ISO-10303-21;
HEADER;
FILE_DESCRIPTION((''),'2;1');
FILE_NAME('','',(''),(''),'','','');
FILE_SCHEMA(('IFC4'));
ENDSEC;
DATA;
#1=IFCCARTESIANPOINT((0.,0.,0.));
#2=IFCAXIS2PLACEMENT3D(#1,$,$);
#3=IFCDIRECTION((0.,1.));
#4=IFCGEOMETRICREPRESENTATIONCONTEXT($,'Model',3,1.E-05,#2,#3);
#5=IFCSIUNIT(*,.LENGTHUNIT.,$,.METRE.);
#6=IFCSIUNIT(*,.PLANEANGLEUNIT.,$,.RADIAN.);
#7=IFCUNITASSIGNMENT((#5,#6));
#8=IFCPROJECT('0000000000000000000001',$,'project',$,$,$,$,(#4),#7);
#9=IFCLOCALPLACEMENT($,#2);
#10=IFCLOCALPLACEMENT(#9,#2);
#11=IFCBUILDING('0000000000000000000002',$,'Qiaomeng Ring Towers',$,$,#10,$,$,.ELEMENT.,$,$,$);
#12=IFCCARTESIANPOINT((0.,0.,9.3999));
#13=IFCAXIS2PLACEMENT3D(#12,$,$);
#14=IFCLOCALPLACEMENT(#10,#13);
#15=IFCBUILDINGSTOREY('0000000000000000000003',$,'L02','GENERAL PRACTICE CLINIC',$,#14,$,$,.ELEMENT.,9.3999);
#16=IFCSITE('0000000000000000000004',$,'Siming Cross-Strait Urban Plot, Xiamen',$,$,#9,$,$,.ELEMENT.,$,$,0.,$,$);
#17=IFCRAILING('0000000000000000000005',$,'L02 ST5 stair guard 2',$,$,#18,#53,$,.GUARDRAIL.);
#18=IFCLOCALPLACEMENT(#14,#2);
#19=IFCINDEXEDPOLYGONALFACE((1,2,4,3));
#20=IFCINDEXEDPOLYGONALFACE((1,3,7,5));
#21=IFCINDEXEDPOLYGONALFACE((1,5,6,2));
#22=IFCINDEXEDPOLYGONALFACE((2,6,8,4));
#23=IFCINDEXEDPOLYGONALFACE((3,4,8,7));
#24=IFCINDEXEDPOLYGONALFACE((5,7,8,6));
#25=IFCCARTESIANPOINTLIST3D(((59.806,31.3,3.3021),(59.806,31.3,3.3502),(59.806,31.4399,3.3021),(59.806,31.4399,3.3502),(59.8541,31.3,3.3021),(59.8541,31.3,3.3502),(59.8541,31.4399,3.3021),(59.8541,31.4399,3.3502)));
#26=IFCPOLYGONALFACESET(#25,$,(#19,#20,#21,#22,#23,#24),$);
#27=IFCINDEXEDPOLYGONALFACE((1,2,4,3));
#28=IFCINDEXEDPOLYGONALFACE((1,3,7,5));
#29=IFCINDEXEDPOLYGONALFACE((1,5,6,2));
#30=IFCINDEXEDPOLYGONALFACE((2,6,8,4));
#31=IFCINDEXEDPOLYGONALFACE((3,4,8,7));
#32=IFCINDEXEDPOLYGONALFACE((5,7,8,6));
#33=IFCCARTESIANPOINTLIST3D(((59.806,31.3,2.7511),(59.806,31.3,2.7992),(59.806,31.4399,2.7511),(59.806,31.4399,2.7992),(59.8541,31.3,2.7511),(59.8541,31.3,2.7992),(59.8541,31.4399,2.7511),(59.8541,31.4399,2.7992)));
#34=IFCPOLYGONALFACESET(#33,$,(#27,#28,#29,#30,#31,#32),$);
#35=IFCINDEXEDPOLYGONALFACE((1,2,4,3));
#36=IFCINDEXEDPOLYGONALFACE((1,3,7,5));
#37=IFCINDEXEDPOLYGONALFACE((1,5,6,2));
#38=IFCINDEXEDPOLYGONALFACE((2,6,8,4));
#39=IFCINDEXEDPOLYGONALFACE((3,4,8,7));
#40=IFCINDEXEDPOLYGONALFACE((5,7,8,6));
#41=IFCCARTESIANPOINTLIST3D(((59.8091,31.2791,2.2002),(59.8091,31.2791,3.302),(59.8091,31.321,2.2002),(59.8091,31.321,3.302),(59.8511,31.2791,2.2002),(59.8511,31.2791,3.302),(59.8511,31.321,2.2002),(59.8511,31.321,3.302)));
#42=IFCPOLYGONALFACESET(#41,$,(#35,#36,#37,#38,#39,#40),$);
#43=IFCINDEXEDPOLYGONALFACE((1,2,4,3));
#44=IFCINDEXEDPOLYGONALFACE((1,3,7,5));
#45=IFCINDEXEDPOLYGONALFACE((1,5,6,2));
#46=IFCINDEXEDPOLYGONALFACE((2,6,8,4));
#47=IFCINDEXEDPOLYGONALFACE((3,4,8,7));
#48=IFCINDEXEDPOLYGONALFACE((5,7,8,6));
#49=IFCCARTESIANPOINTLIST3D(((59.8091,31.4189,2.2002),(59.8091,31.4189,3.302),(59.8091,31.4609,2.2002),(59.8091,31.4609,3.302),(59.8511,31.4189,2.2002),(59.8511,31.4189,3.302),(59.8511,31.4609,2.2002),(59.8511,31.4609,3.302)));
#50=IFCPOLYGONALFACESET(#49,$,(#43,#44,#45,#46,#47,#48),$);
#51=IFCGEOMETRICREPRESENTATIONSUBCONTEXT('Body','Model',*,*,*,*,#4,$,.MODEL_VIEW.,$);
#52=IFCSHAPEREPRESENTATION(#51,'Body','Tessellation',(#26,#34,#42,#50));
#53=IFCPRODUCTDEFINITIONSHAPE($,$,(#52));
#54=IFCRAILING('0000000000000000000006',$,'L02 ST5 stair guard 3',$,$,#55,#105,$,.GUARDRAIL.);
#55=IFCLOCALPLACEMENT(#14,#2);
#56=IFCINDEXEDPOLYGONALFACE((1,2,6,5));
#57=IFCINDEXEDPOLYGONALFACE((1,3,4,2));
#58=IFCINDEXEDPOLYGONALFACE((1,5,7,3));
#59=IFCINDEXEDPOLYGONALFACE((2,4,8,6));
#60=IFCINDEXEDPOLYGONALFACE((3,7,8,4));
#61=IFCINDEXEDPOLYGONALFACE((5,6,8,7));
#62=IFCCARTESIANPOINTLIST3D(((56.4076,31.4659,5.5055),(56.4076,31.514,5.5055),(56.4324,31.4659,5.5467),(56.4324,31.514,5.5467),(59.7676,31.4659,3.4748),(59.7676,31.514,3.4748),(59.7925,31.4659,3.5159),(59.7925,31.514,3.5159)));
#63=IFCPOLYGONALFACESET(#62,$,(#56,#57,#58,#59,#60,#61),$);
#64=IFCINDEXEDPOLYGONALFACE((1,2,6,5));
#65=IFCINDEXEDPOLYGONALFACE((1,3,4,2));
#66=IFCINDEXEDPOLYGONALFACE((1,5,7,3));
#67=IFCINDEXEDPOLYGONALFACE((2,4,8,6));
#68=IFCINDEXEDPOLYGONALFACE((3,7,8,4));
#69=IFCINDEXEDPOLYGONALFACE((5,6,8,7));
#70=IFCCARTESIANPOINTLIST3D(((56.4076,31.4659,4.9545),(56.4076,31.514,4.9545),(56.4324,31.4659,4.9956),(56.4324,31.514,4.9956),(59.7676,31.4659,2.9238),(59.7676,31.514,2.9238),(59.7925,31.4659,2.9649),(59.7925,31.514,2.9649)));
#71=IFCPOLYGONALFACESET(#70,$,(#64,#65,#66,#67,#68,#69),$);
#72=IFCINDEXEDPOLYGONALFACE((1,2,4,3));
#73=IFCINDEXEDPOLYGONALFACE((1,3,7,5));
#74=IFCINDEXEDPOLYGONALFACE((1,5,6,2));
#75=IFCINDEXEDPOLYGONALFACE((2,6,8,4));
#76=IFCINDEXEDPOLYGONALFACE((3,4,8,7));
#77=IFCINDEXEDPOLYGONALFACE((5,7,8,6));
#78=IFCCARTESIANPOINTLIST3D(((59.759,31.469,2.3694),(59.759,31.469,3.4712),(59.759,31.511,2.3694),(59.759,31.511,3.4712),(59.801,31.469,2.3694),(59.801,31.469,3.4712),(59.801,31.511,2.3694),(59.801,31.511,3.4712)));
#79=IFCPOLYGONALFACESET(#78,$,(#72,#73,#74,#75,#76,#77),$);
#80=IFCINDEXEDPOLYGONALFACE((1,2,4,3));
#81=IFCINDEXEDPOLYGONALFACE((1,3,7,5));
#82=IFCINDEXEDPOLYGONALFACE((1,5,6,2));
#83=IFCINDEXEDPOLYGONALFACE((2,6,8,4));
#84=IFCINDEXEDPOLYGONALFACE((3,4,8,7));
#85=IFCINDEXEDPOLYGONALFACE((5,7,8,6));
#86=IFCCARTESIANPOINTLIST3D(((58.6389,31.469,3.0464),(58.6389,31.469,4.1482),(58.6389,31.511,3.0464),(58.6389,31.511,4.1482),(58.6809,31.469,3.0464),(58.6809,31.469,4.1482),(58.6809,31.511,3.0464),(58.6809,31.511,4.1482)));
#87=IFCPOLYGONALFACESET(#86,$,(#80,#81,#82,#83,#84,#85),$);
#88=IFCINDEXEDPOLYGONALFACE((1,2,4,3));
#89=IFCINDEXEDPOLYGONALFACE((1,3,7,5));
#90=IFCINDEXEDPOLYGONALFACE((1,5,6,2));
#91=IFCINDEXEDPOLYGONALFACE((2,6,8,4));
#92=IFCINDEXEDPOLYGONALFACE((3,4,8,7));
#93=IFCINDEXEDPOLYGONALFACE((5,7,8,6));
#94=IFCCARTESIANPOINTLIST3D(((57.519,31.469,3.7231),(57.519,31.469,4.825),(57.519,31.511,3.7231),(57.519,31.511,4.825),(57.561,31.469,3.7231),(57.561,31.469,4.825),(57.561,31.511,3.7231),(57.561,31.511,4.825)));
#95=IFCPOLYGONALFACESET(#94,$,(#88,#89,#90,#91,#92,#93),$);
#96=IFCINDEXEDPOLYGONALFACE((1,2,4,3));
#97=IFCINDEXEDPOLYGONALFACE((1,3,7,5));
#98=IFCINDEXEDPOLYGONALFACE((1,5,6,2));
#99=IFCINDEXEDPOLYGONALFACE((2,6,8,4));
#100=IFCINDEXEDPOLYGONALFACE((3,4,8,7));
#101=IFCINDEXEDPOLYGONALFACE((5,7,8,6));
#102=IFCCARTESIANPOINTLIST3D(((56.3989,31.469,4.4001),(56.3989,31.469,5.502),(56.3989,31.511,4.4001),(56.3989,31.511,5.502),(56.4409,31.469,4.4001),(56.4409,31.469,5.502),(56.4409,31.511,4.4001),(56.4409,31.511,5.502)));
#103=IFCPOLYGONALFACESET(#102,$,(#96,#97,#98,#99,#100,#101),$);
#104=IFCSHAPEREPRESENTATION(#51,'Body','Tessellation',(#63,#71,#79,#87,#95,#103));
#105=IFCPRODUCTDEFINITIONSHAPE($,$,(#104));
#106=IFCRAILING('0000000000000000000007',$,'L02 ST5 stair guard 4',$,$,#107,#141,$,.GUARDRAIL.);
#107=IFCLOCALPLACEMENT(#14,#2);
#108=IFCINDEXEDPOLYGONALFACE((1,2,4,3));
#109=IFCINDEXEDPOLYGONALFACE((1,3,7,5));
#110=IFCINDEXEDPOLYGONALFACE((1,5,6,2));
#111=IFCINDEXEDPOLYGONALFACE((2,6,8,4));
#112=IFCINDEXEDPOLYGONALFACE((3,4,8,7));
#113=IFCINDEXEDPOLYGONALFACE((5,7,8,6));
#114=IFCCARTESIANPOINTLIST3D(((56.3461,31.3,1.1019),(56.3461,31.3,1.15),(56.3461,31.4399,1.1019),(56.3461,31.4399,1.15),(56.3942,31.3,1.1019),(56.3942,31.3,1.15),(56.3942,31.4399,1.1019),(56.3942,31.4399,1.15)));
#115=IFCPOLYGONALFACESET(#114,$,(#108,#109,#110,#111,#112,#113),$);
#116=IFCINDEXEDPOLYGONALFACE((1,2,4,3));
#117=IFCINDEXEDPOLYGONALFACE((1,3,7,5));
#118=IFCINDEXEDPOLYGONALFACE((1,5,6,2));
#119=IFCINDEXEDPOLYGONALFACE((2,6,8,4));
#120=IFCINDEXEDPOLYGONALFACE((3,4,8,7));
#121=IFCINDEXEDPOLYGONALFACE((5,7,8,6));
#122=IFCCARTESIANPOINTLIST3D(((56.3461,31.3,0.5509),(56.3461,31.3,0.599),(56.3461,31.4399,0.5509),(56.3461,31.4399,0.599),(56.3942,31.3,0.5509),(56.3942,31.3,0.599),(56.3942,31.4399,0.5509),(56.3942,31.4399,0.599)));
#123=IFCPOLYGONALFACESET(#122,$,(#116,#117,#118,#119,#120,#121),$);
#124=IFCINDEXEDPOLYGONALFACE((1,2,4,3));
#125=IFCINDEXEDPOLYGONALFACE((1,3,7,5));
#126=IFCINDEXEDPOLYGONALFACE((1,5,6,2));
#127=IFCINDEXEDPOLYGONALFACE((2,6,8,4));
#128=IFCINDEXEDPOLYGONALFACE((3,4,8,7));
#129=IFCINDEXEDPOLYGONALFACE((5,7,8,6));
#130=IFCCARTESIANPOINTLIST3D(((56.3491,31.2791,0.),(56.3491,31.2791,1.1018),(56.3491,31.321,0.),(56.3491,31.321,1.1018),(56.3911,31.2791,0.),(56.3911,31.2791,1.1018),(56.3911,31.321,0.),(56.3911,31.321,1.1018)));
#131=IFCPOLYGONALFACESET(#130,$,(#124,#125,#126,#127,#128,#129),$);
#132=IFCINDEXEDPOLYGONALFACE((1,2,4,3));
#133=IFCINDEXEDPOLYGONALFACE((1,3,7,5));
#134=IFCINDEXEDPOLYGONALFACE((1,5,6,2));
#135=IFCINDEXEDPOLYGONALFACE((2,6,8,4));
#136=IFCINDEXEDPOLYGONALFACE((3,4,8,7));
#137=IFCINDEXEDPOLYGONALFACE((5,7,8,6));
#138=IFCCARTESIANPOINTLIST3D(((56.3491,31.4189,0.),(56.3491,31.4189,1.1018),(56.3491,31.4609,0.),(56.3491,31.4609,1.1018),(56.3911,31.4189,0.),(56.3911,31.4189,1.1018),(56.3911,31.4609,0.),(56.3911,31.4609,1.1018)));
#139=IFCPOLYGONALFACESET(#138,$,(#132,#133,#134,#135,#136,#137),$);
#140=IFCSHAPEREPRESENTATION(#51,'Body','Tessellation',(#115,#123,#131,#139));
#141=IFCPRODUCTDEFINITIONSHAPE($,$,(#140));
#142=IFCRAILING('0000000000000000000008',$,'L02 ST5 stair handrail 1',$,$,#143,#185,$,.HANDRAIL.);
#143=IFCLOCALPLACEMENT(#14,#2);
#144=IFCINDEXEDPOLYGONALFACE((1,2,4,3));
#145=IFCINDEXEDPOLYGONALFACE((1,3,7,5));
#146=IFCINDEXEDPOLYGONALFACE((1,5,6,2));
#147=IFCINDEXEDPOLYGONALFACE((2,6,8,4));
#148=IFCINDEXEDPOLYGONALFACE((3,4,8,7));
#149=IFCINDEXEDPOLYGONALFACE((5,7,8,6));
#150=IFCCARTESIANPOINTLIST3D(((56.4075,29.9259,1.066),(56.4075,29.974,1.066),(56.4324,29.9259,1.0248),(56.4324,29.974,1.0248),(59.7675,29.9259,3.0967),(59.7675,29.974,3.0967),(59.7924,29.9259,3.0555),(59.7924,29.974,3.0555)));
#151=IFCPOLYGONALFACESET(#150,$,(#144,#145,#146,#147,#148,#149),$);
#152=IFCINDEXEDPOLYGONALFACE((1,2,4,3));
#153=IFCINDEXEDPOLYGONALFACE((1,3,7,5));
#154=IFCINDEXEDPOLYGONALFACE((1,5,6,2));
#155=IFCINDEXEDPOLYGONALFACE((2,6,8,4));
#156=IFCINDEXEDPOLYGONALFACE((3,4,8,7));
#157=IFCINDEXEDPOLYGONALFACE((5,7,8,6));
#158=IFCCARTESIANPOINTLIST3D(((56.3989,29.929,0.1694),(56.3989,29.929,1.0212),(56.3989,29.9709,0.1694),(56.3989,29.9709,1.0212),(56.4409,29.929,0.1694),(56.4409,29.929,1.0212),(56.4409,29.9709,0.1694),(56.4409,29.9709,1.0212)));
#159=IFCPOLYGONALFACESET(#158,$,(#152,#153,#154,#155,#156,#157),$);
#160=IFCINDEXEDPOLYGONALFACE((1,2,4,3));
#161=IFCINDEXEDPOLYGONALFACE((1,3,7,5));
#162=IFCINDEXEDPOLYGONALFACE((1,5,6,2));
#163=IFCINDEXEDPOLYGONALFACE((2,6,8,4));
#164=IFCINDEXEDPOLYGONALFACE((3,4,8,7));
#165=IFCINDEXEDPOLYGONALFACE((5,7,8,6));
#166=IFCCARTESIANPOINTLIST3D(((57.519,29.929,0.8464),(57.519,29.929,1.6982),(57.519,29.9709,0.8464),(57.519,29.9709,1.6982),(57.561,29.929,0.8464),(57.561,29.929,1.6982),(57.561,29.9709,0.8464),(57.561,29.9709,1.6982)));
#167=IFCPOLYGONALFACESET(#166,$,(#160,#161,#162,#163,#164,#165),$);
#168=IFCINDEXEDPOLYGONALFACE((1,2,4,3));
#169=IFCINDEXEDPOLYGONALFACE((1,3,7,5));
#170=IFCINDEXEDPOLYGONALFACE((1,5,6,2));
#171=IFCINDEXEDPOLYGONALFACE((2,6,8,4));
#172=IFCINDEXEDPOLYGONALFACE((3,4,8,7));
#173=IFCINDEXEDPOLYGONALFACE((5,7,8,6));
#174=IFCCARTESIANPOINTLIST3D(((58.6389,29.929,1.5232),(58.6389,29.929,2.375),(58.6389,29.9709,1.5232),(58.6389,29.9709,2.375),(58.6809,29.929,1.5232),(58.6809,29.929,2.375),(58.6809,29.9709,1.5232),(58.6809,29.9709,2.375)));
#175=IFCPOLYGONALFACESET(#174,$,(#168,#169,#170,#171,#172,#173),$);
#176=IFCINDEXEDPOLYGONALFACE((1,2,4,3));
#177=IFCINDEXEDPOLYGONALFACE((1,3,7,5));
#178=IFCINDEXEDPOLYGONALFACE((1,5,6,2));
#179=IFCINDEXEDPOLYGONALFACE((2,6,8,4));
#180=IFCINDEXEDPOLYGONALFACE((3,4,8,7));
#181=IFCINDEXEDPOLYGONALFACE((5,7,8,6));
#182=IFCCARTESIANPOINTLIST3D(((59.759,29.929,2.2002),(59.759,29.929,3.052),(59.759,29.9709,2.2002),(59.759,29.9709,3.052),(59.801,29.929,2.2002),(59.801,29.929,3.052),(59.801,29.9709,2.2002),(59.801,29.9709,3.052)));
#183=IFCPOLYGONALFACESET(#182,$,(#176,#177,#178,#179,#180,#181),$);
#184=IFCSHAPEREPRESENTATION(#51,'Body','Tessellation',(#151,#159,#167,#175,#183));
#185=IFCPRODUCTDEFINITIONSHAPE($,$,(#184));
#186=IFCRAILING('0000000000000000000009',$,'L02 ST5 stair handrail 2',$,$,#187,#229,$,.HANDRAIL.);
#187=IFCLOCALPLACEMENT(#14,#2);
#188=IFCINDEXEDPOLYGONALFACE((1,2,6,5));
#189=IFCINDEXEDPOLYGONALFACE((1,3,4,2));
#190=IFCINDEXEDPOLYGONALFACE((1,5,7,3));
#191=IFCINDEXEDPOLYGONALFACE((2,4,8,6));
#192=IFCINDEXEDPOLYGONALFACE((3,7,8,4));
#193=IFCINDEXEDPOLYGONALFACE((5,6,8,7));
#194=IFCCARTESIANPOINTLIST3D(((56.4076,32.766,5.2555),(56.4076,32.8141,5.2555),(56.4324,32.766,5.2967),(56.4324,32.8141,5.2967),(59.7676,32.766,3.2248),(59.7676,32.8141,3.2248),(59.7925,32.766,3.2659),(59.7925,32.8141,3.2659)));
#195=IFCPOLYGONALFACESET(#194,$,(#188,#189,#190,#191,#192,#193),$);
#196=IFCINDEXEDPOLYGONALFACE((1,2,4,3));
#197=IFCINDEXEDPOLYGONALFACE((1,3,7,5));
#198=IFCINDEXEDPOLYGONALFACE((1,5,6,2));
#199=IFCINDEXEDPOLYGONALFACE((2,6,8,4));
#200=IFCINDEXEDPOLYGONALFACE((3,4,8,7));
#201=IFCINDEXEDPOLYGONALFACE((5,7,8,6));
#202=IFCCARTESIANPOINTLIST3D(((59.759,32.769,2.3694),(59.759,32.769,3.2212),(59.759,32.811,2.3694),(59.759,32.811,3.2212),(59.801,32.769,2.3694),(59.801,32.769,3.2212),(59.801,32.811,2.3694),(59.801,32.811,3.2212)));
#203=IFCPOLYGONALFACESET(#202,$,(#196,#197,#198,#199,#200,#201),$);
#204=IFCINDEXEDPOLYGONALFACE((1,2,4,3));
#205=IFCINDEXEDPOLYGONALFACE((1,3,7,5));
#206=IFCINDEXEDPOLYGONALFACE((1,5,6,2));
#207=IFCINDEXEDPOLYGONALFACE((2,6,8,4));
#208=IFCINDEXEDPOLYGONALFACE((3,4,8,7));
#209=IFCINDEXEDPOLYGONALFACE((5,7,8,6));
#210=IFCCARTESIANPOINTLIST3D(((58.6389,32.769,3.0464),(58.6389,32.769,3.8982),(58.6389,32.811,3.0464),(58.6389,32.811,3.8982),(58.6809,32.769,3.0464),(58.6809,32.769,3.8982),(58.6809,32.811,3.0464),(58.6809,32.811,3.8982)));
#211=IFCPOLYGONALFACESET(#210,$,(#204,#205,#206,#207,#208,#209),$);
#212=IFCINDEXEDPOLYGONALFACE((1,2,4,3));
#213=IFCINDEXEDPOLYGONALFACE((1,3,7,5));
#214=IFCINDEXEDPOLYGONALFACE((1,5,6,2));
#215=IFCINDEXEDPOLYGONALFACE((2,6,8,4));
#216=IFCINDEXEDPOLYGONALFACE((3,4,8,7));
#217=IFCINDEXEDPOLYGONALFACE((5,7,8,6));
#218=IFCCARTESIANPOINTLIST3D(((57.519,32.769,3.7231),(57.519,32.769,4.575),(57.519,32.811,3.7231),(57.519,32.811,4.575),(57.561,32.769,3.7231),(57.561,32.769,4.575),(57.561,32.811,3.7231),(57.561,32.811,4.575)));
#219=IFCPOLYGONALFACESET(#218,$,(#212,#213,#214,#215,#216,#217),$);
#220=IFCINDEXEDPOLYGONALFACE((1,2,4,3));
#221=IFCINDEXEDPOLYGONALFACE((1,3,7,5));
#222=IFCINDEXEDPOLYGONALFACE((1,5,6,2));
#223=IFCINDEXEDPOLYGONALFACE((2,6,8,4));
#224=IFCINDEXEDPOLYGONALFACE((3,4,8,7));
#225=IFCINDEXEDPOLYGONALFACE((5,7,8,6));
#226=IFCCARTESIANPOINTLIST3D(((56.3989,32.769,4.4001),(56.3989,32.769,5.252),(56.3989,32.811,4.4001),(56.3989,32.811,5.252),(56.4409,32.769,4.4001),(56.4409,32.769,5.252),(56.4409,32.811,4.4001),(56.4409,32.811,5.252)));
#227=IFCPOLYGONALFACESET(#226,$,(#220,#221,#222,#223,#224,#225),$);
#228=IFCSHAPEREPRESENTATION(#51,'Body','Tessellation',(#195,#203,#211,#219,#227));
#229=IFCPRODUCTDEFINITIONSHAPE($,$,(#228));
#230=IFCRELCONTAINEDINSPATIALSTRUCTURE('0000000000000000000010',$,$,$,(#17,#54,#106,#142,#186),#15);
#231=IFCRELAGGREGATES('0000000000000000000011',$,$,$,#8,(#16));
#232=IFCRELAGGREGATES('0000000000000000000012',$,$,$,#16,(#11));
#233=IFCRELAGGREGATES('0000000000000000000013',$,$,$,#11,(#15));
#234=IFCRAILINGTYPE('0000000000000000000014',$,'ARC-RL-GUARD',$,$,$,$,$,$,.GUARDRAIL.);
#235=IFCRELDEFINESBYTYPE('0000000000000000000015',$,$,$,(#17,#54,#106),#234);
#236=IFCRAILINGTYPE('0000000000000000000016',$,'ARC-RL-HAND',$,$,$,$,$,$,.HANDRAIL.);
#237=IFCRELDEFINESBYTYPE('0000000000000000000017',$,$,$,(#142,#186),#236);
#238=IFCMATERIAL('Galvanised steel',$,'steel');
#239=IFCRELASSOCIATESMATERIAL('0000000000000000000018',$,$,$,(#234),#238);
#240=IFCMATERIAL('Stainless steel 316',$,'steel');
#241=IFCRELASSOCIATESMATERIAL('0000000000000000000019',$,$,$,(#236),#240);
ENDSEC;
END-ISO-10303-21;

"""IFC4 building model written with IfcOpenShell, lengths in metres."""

from ifc_helpers import new_model, si_unit, direction, frame, origin, origin_2d, place, context, subcontext, project, spatial, rectangle, extrude, material, type_object, element, save


model = new_model("IFC4")

# Units and contexts
model_context = context("Model", 3, precision=1e-05, world=origin(), true_north=direction((0.0, 1.0)))
body_context = subcontext(model_context, "Body", "Model", "MODEL_VIEW")
ifc_project = project(units=[si_unit("LENGTHUNIT", "METRE"), si_unit("PLANEANGLEUNIT", "RADIAN")], contexts=[model_context])

# Site, building, storey
site_placement = place(None, origin())
site = spatial("IfcSite", under=ifc_project, at=site_placement, Name="Siming Cross-Strait Urban Plot, Xiamen", CompositionType="ELEMENT", RefElevation=0.0)
building_placement = place(site_placement, origin())
building = spatial("IfcBuilding", under=site, at=building_placement, Name="Qiaomeng Ring Towers", CompositionType="ELEMENT")
storey_placement = place(building_placement, frame((0.0, 0.0, 9.3999)))
storey = spatial("IfcBuildingStorey", under=building, at=storey_placement, Name="L02", Description="GENERAL PRACTICE CLINIC", CompositionType="ELEMENT", Elevation=9.3999)

# Shared definitions
ifc_material_1 = material(Name="Galvanised steel", Category="steel")
ifc_material_2 = material(Name="Stainless steel 316", Category="steel")

# Railings
railing_type_1 = type_object("IfcRailingType", Name="ARC-RL-GUARD", PredefinedType="GUARDRAIL", material=ifc_material_1)
railing_1_placement = place(storey_placement, frame((59.8301, 31.3, 2.2002)))
element("IfcRailing", 1, at=railing_1_placement, inside=storey, type_object=railing_type_1, Name="L02 ST5 stair guard 2", PredefinedType="GUARDRAIL", context=body_context, shape_type="SweptSolid", body=[
    extrude(rectangle(XDim=0.0481, YDim=0.0481, at=origin_2d()), frame((0.0, 0.0, 1.126), z_axis=(0.0, 1.0, 0.0), x_axis=(-1.0, 0.0, 0.0)), (0.0, 0.0, 1.0), 0.1399),
    extrude(rectangle(XDim=0.0481, YDim=0.0481, at=origin_2d()), frame((0.0, 0.0, 0.575), z_axis=(0.0, 1.0, 0.0), x_axis=(-1.0, 0.0, 0.0)), (0.0, 0.0, 1.0), 0.1399),
    extrude(rectangle(XDim=0.042, YDim=0.042, at=origin_2d()), origin(), (0.0, 0.0, 1.0), 1.1018),
    extrude(rectangle(XDim=0.042, YDim=0.042, at=origin_2d()), frame((0.0, 0.1399, 0.0)), (0.0, 0.0, 1.0), 1.1018),
])
railing_2_placement = place(storey_placement, frame((59.78, 31.49, 2.3694)))
element("IfcRailing", 2, at=railing_2_placement, inside=storey, type_object=railing_type_1, Name="L02 ST5 stair guard 3", PredefinedType="GUARDRAIL", context=body_context, shape_type="SweptSolid", body=[
    extrude(rectangle(XDim=0.0481, YDim=0.0481, at=origin_2d()), frame((0.0, 0.0, 1.126), z_axis=(-0.855837, 0.0, 0.517246), x_axis=(0.0, -1.0, 0.0)), (0.0, 0.0, 1.0), 3.926),
    extrude(rectangle(XDim=0.0481, YDim=0.0481, at=origin_2d()), frame((0.0, 0.0, 0.575), z_axis=(-0.855837, 0.0, 0.517246), x_axis=(0.0, -1.0, 0.0)), (0.0, 0.0, 1.0), 3.926),
    extrude(rectangle(XDim=0.042, YDim=0.042, at=origin_2d()), origin(), (0.0, 0.0, 1.0), 1.1018),
    extrude(rectangle(XDim=0.042, YDim=0.042, at=origin_2d()), frame((-1.1201, 0.0, 0.677)), (0.0, 0.0, 1.0), 1.1018),
    extrude(rectangle(XDim=0.042, YDim=0.042, at=origin_2d()), frame((-2.24, 0.0, 1.3538)), (0.0, 0.0, 1.0), 1.1018),
    extrude(rectangle(XDim=0.042, YDim=0.042, at=origin_2d()), frame((-3.3601, 0.0, 2.0308)), (0.0, 0.0, 1.0), 1.1018),
])
railing_3_placement = place(storey_placement, frame((56.3701, 31.3, 0.0)))
element("IfcRailing", 3, at=railing_3_placement, inside=storey, type_object=railing_type_1, Name="L02 ST5 stair guard 4", PredefinedType="GUARDRAIL", context=body_context, shape_type="SweptSolid", body=[
    extrude(rectangle(XDim=0.0481, YDim=0.0481, at=origin_2d()), frame((0.0, 0.0, 1.126), z_axis=(0.0, 1.0, 0.0), x_axis=(-1.0, 0.0, 0.0)), (0.0, 0.0, 1.0), 0.1399),
    extrude(rectangle(XDim=0.0481, YDim=0.0481, at=origin_2d()), frame((0.0, 0.0, 0.575), z_axis=(0.0, 1.0, 0.0), x_axis=(-1.0, 0.0, 0.0)), (0.0, 0.0, 1.0), 0.1399),
    extrude(rectangle(XDim=0.042, YDim=0.042, at=origin_2d()), origin(), (0.0, 0.0, 1.0), 1.1018),
    extrude(rectangle(XDim=0.042, YDim=0.042, at=origin_2d()), frame((0.0, 0.1399, 0.0)), (0.0, 0.0, 1.0), 1.1018),
])
railing_type_2 = type_object("IfcRailingType", Name="ARC-RL-HAND", PredefinedType="HANDRAIL", material=ifc_material_2)
railing_4_placement = place(storey_placement, frame((56.4199, 29.95, 0.1694)))
element("IfcRailing", 4, at=railing_4_placement, inside=storey, type_object=railing_type_2, Name="L02 ST5 stair handrail 1", PredefinedType="HANDRAIL", context=body_context, shape_type="SweptSolid", body=[
    extrude(rectangle(XDim=0.0481, YDim=0.0481, at=origin_2d()), frame((0.0, 0.0, 0.876), z_axis=(0.855837, 0.0, 0.517246), x_axis=(0.0, 1.0, 0.0)), (0.0, 0.0, 1.0), 3.926),
    extrude(rectangle(XDim=0.042, YDim=0.042, at=origin_2d()), origin(), (0.0, 0.0, 1.0), 0.8518),
    extrude(rectangle(XDim=0.042, YDim=0.042, at=origin_2d()), frame((1.1201, 0.0, 0.677)), (0.0, 0.0, 1.0), 0.8518),
    extrude(rectangle(XDim=0.042, YDim=0.042, at=origin_2d()), frame((2.24, 0.0, 1.3538)), (0.0, 0.0, 1.0), 0.8518),
    extrude(rectangle(XDim=0.042, YDim=0.042, at=origin_2d()), frame((3.3601, 0.0, 2.0308)), (0.0, 0.0, 1.0), 0.8518),
])
railing_5_placement = place(storey_placement, frame((59.78, 32.79, 2.3694)))
element("IfcRailing", 5, at=railing_5_placement, inside=storey, type_object=railing_type_2, Name="L02 ST5 stair handrail 2", PredefinedType="HANDRAIL", context=body_context, shape_type="SweptSolid", body=[
    extrude(rectangle(XDim=0.0481, YDim=0.0481, at=origin_2d()), frame((0.0, 0.0, 0.876), z_axis=(-0.855837, 0.0, 0.517246), x_axis=(0.0, -1.0, 0.0)), (0.0, 0.0, 1.0), 3.926),
    extrude(rectangle(XDim=0.042, YDim=0.042, at=origin_2d()), origin(), (0.0, 0.0, 1.0), 0.8518),
    extrude(rectangle(XDim=0.042, YDim=0.042, at=origin_2d()), frame((-1.1201, 0.0, 0.677)), (0.0, 0.0, 1.0), 0.8518),
    extrude(rectangle(XDim=0.042, YDim=0.042, at=origin_2d()), frame((-2.24, 0.0, 1.3538)), (0.0, 0.0, 1.0), 0.8518),
    extrude(rectangle(XDim=0.042, YDim=0.042, at=origin_2d()), frame((-3.3601, 0.0, 2.0308)), (0.0, 0.0, 1.0), 0.8518),
])

save(model, "model.ifc")
